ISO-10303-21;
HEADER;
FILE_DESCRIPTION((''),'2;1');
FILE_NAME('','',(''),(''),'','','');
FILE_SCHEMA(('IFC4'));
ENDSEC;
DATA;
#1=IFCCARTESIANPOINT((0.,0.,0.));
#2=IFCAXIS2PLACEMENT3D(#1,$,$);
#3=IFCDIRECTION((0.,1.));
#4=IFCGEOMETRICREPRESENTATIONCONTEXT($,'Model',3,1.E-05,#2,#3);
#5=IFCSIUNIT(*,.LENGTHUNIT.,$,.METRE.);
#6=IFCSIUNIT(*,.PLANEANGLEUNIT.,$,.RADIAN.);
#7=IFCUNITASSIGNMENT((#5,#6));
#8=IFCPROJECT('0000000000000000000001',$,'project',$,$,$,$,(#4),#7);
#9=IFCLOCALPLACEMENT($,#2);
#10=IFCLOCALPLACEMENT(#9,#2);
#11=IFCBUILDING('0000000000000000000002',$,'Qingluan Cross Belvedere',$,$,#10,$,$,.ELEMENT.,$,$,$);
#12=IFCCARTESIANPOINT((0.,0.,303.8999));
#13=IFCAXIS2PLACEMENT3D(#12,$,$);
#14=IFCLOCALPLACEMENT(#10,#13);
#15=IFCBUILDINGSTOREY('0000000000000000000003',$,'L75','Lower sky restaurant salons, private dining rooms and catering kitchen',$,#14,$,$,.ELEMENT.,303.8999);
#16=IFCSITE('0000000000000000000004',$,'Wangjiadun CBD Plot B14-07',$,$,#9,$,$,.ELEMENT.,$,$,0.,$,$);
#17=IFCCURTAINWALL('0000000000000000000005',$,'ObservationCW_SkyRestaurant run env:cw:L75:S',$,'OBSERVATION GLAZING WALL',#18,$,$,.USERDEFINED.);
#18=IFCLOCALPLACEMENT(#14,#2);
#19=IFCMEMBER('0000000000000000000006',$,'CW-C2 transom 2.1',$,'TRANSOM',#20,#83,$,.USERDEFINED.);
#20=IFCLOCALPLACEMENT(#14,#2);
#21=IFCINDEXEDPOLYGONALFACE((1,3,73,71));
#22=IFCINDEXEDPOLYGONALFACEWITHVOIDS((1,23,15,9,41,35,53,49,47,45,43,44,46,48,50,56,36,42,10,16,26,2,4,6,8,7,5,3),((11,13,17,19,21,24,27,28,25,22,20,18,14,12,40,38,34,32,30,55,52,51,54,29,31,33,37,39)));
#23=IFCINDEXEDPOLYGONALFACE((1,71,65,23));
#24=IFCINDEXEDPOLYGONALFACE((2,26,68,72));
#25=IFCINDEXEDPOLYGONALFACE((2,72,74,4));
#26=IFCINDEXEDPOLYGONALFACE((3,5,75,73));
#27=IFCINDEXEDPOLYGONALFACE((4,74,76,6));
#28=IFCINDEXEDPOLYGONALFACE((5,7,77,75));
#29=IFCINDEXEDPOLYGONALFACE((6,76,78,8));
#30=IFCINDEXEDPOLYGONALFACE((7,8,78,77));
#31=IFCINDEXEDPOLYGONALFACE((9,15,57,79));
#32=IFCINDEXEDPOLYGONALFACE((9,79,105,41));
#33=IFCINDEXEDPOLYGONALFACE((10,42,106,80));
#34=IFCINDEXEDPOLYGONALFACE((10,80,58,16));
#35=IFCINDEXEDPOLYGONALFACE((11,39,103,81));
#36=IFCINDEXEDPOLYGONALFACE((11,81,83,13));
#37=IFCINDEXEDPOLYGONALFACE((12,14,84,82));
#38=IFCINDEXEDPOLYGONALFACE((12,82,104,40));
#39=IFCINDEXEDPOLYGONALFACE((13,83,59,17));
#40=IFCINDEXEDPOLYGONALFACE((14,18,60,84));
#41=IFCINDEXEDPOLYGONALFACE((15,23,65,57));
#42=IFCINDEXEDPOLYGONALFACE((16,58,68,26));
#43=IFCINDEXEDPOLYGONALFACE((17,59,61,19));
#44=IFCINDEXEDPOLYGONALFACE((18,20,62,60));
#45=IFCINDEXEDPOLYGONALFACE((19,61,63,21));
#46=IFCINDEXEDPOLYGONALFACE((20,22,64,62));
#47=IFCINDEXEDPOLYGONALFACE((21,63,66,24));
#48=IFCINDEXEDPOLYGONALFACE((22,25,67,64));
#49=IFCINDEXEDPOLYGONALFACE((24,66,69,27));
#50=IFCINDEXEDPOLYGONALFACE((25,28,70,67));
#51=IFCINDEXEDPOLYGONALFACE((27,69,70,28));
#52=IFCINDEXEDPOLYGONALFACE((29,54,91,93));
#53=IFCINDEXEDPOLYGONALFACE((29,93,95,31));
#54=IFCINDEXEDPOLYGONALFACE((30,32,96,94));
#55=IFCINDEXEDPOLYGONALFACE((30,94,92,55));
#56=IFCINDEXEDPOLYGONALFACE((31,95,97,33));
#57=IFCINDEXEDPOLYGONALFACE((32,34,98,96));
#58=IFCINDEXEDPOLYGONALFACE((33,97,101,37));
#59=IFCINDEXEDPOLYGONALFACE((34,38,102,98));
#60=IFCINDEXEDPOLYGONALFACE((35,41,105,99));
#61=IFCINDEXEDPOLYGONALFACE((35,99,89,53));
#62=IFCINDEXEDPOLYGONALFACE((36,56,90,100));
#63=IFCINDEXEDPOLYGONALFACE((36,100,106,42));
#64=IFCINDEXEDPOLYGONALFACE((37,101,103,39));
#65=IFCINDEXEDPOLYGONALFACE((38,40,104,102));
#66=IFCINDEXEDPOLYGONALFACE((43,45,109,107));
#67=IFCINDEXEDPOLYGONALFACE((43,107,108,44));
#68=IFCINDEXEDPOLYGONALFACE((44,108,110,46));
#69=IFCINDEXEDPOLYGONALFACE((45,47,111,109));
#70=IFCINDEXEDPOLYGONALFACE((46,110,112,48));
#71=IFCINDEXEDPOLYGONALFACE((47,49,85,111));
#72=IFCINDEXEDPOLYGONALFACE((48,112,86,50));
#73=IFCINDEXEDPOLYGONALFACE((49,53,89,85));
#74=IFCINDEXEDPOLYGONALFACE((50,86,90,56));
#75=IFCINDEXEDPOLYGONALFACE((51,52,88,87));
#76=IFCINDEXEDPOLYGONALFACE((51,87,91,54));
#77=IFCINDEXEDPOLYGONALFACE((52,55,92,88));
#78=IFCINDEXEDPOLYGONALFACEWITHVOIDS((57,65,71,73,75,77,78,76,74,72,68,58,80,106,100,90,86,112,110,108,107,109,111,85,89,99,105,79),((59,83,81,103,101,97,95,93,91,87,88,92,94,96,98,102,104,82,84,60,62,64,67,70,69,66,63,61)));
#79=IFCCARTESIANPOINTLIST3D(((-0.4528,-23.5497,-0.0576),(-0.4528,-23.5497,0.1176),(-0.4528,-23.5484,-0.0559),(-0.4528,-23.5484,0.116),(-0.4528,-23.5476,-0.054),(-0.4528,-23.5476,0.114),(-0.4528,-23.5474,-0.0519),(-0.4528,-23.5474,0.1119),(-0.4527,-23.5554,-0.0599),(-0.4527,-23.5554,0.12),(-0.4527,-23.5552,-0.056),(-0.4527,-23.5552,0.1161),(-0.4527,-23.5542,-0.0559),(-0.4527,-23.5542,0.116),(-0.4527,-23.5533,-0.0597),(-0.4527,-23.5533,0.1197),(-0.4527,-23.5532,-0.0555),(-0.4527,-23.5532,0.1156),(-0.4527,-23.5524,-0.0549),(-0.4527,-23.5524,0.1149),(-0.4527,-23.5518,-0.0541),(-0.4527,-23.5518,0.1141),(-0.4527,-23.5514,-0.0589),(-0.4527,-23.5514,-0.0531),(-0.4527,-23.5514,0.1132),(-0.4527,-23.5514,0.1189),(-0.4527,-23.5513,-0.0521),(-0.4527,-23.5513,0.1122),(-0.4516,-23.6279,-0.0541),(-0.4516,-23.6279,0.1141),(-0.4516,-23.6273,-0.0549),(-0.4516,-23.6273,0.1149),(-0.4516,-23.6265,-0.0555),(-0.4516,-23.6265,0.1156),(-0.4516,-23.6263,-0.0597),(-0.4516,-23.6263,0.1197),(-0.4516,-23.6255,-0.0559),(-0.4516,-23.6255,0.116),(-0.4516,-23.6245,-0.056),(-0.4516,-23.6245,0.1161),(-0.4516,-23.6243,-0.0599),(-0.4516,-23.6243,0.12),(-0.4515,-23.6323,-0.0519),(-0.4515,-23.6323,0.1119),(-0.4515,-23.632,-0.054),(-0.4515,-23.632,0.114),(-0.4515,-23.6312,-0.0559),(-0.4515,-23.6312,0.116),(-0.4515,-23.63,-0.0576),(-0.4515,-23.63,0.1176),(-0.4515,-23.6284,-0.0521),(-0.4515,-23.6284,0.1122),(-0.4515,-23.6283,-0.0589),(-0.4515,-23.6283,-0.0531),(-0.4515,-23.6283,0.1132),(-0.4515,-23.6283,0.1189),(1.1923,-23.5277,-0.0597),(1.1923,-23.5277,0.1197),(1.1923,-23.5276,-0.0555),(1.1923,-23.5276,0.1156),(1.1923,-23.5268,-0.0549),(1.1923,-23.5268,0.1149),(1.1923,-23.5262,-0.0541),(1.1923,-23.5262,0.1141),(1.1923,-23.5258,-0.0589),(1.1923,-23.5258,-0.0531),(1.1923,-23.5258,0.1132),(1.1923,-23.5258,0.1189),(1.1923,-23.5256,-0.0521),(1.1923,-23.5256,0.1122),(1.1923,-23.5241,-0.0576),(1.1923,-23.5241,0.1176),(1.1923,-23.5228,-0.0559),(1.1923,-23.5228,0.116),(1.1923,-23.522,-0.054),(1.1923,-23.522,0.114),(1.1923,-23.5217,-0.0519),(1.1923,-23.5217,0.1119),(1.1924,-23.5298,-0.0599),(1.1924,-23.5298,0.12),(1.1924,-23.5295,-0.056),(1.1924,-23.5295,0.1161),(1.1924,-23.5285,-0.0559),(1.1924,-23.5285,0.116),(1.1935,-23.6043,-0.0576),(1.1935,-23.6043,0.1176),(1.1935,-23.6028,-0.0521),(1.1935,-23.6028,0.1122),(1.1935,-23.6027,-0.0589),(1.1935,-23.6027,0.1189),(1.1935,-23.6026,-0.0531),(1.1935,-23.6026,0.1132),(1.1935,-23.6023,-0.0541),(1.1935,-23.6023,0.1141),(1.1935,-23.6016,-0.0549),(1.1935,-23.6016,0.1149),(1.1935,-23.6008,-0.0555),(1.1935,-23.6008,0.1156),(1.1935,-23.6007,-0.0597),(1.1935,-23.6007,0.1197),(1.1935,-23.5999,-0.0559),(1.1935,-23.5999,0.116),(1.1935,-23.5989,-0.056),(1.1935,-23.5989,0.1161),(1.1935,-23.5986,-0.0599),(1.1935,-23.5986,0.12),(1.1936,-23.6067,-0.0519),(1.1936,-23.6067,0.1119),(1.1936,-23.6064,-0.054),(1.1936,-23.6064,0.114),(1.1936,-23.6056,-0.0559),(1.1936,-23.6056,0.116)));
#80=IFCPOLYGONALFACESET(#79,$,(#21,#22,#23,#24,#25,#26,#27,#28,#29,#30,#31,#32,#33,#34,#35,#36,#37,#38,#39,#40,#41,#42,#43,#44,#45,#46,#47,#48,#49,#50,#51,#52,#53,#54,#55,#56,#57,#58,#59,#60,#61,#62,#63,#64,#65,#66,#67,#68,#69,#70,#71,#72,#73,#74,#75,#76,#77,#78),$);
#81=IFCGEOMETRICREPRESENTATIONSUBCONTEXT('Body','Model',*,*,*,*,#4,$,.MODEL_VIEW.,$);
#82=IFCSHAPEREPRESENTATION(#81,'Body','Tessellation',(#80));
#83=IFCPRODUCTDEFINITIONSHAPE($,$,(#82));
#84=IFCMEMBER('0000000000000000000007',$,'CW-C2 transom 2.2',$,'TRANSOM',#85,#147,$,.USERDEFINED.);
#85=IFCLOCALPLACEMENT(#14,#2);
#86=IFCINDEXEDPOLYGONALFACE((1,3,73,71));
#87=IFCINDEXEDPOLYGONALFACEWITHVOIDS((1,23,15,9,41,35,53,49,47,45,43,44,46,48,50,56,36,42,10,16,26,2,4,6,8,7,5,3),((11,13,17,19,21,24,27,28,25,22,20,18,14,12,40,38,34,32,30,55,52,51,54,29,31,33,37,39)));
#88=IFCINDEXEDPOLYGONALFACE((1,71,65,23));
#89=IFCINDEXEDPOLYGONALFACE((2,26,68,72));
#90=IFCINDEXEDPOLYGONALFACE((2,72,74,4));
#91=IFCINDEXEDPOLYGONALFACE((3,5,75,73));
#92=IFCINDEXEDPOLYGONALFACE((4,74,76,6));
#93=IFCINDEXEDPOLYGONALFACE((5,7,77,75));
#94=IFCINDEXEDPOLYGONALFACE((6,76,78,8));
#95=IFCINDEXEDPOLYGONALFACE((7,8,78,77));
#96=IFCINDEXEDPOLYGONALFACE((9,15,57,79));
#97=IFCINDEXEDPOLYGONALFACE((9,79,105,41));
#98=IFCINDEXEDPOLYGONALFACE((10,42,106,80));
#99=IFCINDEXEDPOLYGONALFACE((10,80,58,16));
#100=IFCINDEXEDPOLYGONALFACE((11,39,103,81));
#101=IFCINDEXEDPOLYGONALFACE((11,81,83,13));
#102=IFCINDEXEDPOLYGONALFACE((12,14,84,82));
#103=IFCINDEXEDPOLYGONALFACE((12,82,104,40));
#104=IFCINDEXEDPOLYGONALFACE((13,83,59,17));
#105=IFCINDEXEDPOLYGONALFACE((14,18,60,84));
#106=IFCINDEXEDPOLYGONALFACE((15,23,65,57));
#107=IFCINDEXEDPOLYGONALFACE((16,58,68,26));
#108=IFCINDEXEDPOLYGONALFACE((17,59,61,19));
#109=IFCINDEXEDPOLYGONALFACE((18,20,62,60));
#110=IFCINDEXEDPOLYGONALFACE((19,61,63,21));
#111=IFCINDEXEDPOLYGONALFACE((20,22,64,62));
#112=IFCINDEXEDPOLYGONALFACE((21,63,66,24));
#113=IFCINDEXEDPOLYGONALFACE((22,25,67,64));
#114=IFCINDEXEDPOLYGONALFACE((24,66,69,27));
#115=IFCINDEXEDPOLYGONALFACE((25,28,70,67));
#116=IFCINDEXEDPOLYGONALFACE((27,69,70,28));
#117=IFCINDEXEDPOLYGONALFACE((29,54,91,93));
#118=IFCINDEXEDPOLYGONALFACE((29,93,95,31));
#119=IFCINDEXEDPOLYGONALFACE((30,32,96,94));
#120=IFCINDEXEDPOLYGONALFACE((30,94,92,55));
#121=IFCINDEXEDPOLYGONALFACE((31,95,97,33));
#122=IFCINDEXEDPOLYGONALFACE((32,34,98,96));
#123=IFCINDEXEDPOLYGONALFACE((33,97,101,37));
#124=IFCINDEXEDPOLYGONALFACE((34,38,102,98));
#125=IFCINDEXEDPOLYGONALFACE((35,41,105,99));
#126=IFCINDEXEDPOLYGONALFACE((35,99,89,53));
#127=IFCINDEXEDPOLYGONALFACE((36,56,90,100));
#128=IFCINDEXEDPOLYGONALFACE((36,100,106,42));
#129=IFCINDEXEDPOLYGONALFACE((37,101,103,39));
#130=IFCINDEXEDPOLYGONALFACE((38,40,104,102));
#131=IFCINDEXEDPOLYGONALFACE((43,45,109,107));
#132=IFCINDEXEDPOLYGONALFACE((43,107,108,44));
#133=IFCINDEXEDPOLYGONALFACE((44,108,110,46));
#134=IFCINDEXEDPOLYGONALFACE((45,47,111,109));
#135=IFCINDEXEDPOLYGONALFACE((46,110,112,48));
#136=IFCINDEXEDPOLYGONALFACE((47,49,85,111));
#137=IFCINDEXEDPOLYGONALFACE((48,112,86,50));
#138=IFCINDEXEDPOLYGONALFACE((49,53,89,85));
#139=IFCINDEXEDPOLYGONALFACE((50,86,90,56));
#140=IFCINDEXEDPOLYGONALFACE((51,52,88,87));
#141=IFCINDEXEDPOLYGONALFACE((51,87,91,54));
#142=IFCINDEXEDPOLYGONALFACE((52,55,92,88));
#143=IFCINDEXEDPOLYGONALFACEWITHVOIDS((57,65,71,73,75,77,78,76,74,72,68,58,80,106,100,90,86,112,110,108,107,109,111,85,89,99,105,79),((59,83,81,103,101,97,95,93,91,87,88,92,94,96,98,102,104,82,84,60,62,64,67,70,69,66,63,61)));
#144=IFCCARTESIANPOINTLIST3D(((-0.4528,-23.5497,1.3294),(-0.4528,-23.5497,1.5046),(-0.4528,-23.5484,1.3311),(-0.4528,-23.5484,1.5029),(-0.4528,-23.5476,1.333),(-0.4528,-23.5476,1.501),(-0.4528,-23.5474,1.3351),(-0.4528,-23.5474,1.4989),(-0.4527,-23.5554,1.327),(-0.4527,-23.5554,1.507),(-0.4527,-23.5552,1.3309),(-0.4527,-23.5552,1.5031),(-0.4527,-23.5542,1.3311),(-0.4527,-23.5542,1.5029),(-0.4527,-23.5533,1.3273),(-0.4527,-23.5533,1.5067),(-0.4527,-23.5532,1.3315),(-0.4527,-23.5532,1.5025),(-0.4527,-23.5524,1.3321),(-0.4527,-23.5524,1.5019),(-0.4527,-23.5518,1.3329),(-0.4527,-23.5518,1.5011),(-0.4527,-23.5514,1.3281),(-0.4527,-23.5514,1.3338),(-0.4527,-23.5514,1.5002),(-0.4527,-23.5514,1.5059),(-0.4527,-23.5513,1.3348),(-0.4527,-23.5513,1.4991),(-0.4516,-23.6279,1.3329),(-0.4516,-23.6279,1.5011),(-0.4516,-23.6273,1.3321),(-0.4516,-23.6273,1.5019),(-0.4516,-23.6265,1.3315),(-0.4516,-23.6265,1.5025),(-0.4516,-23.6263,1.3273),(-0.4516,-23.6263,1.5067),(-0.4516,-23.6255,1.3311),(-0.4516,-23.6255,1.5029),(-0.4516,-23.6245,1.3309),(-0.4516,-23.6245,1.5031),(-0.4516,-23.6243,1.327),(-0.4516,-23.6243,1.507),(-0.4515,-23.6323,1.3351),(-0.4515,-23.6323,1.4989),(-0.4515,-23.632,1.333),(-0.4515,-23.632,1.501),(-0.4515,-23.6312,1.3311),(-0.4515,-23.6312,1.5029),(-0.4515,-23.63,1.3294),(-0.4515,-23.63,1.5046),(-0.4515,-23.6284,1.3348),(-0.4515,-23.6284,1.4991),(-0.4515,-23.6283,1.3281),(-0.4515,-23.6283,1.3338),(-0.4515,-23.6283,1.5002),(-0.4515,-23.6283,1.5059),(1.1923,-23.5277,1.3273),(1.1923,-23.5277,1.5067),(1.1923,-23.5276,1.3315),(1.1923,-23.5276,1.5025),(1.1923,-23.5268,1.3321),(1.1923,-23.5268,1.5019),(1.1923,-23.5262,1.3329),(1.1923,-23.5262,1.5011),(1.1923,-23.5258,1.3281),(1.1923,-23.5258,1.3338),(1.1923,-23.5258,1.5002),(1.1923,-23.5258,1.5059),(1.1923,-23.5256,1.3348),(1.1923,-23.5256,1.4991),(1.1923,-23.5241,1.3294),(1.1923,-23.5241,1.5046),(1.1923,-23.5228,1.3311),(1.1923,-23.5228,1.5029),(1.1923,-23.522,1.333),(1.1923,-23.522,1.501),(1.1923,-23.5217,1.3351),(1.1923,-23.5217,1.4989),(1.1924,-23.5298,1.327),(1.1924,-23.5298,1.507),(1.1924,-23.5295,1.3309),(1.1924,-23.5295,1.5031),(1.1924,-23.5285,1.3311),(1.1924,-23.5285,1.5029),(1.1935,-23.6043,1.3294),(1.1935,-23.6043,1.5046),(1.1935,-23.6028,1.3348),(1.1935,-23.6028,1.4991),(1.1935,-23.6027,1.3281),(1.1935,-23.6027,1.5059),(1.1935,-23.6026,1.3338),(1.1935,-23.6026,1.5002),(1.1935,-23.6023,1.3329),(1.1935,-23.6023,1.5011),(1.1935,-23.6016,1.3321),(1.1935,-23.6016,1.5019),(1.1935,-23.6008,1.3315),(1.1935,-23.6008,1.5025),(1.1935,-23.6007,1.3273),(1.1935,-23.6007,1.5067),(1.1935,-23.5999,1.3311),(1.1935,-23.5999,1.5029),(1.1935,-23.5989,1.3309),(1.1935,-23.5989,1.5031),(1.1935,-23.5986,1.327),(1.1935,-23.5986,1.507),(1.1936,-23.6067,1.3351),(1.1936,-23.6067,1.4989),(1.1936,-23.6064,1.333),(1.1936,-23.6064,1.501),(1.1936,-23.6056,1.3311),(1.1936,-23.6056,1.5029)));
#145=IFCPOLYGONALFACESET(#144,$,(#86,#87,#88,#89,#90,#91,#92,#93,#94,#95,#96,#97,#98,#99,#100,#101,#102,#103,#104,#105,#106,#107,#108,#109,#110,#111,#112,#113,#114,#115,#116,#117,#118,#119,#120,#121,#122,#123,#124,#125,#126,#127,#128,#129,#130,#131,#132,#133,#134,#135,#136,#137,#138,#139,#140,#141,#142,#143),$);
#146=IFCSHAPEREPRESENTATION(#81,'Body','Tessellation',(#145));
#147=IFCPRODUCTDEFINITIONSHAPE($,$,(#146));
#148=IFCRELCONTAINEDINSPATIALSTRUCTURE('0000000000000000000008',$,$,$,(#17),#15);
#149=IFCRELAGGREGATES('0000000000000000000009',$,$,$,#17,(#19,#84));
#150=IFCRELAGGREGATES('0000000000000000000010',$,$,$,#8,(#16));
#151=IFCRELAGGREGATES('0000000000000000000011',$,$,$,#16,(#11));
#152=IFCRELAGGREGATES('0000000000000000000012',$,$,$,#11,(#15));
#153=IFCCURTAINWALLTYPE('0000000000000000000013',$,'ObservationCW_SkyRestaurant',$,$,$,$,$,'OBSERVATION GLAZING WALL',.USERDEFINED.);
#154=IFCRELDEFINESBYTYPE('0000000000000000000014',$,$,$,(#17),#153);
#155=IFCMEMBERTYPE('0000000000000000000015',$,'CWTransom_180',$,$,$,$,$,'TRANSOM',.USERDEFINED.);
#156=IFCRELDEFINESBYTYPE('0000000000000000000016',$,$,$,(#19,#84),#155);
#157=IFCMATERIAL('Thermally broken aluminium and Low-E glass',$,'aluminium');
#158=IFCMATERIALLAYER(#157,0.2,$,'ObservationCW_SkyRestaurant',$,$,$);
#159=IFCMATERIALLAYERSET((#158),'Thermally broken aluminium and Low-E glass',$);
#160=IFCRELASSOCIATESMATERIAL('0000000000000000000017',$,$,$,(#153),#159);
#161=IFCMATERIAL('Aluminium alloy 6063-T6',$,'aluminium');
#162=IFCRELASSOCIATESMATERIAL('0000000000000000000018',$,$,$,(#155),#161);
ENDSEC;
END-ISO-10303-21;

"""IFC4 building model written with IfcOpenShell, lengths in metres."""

from ifc_helpers import new_model, si_unit, direction, frame, origin, origin_2d, place, context, subcontext, project, spatial, hollow_rectangle, extrude, material, layer, layer_set, material_profile, profile_set, type_object, element, aggregate, save


model = new_model("IFC4")

# Units and contexts
model_context = context("Model", 3, precision=1e-05, world=origin(), true_north=direction((0.0, 1.0)))
body_context = subcontext(model_context, "Body", "Model", "MODEL_VIEW")
ifc_project = project(units=[si_unit("LENGTHUNIT", "METRE"), si_unit("PLANEANGLEUNIT", "RADIAN")], contexts=[model_context])

# Site, building, storey
site_placement = place(None, origin())
site = spatial("IfcSite", under=ifc_project, at=site_placement, Name="Wangjiadun CBD Plot B14-07", CompositionType="ELEMENT", RefElevation=0.0)
building_placement = place(site_placement, origin())
building = spatial("IfcBuilding", under=site, at=building_placement, Name="Qingluan Cross Belvedere", CompositionType="ELEMENT")
storey_placement = place(building_placement, frame((0.0, 0.0, 303.8999)))
storey = spatial("IfcBuildingStorey", under=building, at=storey_placement, Name="L75", Description="Lower sky restaurant salons, private dining rooms and catering kitchen", CompositionType="ELEMENT", Elevation=303.8999)

# Curtain wall, members
ifc_material_1 = material(Name="Thermally broken aluminium and Low-E glass", Category="aluminium")
ifc_layer_1 = layer(ifc_material_1, 0.2, Name="ObservationCW_SkyRestaurant")
ifc_layer_set_1 = layer_set([ifc_layer_1], Name="Thermally broken aluminium and Low-E glass")
curtain_wall_type = type_object("IfcCurtainWallType", Name="ObservationCW_SkyRestaurant", ElementType="OBSERVATION GLAZING WALL", PredefinedType="USERDEFINED", material=ifc_layer_set_1)
curtain_wall_placement = place(storey_placement, origin())
curtain_wall = element("IfcCurtainWall", 1, at=curtain_wall_placement, inside=storey, type_object=curtain_wall_type, Name="ObservationCW_SkyRestaurant run env:cw:L75:S", ObjectType="OBSERVATION GLAZING WALL", PredefinedType="USERDEFINED")
ifc_material_2 = material(Name="Aluminium alloy 6063-T6", Category="aluminium")
ifc_material_profile_1 = material_profile(ifc_material_2, hollow_rectangle(XDim=0.085, YDim=0.1799, WallThickness=0.0039, InnerFilletRadius=0.0039, OuterFilletRadius=0.0081, at=origin_2d()), Name="CWT180x85x4")
ifc_profile_set_1 = profile_set([ifc_material_profile_1], Name="Aluminium alloy 6063-T6")
member_type_1 = type_object("IfcMemberType", Name="CWTransom_180", ElementType="TRANSOM", PredefinedType="USERDEFINED", material=ifc_profile_set_1)
member_1_placement = place(storey_placement, frame((-0.4521, -23.5898, 0.03), z_axis=(0.999879, 0.015581, 0.0), x_axis=(-0.015581, 0.999879, 0.0)))
member_1 = element("IfcMember", 2, at=member_1_placement, type_object=member_type_1, Name="CW-C2 transom 2.1", ObjectType="TRANSOM", PredefinedType="USERDEFINED", context=body_context, shape_type="SweptSolid", body=[
    extrude(hollow_rectangle(XDim=0.085, YDim=0.1799, WallThickness=0.0039, InnerFilletRadius=0.0039, OuterFilletRadius=0.0081, at=origin_2d()), origin(), (0.0, 0.0, 1.0), 1.6453),
])
member_2_placement = place(storey_placement, frame((-0.4521, -23.5898, 1.417), z_axis=(0.999879, 0.015581, 0.0), x_axis=(-0.015581, 0.999879, 0.0)))
member_2 = element("IfcMember", 3, at=member_2_placement, type_object=member_type_1, Name="CW-C2 transom 2.2", ObjectType="TRANSOM", PredefinedType="USERDEFINED", context=body_context, shape_type="SweptSolid", body=[
    extrude(hollow_rectangle(XDim=0.085, YDim=0.1799, WallThickness=0.0039, InnerFilletRadius=0.0039, OuterFilletRadius=0.0081, at=origin_2d()), origin(), (0.0, 0.0, 1.0), 1.6453),
])
aggregate(curtain_wall, [member_1, member_2])

save(model, "model.ifc")
